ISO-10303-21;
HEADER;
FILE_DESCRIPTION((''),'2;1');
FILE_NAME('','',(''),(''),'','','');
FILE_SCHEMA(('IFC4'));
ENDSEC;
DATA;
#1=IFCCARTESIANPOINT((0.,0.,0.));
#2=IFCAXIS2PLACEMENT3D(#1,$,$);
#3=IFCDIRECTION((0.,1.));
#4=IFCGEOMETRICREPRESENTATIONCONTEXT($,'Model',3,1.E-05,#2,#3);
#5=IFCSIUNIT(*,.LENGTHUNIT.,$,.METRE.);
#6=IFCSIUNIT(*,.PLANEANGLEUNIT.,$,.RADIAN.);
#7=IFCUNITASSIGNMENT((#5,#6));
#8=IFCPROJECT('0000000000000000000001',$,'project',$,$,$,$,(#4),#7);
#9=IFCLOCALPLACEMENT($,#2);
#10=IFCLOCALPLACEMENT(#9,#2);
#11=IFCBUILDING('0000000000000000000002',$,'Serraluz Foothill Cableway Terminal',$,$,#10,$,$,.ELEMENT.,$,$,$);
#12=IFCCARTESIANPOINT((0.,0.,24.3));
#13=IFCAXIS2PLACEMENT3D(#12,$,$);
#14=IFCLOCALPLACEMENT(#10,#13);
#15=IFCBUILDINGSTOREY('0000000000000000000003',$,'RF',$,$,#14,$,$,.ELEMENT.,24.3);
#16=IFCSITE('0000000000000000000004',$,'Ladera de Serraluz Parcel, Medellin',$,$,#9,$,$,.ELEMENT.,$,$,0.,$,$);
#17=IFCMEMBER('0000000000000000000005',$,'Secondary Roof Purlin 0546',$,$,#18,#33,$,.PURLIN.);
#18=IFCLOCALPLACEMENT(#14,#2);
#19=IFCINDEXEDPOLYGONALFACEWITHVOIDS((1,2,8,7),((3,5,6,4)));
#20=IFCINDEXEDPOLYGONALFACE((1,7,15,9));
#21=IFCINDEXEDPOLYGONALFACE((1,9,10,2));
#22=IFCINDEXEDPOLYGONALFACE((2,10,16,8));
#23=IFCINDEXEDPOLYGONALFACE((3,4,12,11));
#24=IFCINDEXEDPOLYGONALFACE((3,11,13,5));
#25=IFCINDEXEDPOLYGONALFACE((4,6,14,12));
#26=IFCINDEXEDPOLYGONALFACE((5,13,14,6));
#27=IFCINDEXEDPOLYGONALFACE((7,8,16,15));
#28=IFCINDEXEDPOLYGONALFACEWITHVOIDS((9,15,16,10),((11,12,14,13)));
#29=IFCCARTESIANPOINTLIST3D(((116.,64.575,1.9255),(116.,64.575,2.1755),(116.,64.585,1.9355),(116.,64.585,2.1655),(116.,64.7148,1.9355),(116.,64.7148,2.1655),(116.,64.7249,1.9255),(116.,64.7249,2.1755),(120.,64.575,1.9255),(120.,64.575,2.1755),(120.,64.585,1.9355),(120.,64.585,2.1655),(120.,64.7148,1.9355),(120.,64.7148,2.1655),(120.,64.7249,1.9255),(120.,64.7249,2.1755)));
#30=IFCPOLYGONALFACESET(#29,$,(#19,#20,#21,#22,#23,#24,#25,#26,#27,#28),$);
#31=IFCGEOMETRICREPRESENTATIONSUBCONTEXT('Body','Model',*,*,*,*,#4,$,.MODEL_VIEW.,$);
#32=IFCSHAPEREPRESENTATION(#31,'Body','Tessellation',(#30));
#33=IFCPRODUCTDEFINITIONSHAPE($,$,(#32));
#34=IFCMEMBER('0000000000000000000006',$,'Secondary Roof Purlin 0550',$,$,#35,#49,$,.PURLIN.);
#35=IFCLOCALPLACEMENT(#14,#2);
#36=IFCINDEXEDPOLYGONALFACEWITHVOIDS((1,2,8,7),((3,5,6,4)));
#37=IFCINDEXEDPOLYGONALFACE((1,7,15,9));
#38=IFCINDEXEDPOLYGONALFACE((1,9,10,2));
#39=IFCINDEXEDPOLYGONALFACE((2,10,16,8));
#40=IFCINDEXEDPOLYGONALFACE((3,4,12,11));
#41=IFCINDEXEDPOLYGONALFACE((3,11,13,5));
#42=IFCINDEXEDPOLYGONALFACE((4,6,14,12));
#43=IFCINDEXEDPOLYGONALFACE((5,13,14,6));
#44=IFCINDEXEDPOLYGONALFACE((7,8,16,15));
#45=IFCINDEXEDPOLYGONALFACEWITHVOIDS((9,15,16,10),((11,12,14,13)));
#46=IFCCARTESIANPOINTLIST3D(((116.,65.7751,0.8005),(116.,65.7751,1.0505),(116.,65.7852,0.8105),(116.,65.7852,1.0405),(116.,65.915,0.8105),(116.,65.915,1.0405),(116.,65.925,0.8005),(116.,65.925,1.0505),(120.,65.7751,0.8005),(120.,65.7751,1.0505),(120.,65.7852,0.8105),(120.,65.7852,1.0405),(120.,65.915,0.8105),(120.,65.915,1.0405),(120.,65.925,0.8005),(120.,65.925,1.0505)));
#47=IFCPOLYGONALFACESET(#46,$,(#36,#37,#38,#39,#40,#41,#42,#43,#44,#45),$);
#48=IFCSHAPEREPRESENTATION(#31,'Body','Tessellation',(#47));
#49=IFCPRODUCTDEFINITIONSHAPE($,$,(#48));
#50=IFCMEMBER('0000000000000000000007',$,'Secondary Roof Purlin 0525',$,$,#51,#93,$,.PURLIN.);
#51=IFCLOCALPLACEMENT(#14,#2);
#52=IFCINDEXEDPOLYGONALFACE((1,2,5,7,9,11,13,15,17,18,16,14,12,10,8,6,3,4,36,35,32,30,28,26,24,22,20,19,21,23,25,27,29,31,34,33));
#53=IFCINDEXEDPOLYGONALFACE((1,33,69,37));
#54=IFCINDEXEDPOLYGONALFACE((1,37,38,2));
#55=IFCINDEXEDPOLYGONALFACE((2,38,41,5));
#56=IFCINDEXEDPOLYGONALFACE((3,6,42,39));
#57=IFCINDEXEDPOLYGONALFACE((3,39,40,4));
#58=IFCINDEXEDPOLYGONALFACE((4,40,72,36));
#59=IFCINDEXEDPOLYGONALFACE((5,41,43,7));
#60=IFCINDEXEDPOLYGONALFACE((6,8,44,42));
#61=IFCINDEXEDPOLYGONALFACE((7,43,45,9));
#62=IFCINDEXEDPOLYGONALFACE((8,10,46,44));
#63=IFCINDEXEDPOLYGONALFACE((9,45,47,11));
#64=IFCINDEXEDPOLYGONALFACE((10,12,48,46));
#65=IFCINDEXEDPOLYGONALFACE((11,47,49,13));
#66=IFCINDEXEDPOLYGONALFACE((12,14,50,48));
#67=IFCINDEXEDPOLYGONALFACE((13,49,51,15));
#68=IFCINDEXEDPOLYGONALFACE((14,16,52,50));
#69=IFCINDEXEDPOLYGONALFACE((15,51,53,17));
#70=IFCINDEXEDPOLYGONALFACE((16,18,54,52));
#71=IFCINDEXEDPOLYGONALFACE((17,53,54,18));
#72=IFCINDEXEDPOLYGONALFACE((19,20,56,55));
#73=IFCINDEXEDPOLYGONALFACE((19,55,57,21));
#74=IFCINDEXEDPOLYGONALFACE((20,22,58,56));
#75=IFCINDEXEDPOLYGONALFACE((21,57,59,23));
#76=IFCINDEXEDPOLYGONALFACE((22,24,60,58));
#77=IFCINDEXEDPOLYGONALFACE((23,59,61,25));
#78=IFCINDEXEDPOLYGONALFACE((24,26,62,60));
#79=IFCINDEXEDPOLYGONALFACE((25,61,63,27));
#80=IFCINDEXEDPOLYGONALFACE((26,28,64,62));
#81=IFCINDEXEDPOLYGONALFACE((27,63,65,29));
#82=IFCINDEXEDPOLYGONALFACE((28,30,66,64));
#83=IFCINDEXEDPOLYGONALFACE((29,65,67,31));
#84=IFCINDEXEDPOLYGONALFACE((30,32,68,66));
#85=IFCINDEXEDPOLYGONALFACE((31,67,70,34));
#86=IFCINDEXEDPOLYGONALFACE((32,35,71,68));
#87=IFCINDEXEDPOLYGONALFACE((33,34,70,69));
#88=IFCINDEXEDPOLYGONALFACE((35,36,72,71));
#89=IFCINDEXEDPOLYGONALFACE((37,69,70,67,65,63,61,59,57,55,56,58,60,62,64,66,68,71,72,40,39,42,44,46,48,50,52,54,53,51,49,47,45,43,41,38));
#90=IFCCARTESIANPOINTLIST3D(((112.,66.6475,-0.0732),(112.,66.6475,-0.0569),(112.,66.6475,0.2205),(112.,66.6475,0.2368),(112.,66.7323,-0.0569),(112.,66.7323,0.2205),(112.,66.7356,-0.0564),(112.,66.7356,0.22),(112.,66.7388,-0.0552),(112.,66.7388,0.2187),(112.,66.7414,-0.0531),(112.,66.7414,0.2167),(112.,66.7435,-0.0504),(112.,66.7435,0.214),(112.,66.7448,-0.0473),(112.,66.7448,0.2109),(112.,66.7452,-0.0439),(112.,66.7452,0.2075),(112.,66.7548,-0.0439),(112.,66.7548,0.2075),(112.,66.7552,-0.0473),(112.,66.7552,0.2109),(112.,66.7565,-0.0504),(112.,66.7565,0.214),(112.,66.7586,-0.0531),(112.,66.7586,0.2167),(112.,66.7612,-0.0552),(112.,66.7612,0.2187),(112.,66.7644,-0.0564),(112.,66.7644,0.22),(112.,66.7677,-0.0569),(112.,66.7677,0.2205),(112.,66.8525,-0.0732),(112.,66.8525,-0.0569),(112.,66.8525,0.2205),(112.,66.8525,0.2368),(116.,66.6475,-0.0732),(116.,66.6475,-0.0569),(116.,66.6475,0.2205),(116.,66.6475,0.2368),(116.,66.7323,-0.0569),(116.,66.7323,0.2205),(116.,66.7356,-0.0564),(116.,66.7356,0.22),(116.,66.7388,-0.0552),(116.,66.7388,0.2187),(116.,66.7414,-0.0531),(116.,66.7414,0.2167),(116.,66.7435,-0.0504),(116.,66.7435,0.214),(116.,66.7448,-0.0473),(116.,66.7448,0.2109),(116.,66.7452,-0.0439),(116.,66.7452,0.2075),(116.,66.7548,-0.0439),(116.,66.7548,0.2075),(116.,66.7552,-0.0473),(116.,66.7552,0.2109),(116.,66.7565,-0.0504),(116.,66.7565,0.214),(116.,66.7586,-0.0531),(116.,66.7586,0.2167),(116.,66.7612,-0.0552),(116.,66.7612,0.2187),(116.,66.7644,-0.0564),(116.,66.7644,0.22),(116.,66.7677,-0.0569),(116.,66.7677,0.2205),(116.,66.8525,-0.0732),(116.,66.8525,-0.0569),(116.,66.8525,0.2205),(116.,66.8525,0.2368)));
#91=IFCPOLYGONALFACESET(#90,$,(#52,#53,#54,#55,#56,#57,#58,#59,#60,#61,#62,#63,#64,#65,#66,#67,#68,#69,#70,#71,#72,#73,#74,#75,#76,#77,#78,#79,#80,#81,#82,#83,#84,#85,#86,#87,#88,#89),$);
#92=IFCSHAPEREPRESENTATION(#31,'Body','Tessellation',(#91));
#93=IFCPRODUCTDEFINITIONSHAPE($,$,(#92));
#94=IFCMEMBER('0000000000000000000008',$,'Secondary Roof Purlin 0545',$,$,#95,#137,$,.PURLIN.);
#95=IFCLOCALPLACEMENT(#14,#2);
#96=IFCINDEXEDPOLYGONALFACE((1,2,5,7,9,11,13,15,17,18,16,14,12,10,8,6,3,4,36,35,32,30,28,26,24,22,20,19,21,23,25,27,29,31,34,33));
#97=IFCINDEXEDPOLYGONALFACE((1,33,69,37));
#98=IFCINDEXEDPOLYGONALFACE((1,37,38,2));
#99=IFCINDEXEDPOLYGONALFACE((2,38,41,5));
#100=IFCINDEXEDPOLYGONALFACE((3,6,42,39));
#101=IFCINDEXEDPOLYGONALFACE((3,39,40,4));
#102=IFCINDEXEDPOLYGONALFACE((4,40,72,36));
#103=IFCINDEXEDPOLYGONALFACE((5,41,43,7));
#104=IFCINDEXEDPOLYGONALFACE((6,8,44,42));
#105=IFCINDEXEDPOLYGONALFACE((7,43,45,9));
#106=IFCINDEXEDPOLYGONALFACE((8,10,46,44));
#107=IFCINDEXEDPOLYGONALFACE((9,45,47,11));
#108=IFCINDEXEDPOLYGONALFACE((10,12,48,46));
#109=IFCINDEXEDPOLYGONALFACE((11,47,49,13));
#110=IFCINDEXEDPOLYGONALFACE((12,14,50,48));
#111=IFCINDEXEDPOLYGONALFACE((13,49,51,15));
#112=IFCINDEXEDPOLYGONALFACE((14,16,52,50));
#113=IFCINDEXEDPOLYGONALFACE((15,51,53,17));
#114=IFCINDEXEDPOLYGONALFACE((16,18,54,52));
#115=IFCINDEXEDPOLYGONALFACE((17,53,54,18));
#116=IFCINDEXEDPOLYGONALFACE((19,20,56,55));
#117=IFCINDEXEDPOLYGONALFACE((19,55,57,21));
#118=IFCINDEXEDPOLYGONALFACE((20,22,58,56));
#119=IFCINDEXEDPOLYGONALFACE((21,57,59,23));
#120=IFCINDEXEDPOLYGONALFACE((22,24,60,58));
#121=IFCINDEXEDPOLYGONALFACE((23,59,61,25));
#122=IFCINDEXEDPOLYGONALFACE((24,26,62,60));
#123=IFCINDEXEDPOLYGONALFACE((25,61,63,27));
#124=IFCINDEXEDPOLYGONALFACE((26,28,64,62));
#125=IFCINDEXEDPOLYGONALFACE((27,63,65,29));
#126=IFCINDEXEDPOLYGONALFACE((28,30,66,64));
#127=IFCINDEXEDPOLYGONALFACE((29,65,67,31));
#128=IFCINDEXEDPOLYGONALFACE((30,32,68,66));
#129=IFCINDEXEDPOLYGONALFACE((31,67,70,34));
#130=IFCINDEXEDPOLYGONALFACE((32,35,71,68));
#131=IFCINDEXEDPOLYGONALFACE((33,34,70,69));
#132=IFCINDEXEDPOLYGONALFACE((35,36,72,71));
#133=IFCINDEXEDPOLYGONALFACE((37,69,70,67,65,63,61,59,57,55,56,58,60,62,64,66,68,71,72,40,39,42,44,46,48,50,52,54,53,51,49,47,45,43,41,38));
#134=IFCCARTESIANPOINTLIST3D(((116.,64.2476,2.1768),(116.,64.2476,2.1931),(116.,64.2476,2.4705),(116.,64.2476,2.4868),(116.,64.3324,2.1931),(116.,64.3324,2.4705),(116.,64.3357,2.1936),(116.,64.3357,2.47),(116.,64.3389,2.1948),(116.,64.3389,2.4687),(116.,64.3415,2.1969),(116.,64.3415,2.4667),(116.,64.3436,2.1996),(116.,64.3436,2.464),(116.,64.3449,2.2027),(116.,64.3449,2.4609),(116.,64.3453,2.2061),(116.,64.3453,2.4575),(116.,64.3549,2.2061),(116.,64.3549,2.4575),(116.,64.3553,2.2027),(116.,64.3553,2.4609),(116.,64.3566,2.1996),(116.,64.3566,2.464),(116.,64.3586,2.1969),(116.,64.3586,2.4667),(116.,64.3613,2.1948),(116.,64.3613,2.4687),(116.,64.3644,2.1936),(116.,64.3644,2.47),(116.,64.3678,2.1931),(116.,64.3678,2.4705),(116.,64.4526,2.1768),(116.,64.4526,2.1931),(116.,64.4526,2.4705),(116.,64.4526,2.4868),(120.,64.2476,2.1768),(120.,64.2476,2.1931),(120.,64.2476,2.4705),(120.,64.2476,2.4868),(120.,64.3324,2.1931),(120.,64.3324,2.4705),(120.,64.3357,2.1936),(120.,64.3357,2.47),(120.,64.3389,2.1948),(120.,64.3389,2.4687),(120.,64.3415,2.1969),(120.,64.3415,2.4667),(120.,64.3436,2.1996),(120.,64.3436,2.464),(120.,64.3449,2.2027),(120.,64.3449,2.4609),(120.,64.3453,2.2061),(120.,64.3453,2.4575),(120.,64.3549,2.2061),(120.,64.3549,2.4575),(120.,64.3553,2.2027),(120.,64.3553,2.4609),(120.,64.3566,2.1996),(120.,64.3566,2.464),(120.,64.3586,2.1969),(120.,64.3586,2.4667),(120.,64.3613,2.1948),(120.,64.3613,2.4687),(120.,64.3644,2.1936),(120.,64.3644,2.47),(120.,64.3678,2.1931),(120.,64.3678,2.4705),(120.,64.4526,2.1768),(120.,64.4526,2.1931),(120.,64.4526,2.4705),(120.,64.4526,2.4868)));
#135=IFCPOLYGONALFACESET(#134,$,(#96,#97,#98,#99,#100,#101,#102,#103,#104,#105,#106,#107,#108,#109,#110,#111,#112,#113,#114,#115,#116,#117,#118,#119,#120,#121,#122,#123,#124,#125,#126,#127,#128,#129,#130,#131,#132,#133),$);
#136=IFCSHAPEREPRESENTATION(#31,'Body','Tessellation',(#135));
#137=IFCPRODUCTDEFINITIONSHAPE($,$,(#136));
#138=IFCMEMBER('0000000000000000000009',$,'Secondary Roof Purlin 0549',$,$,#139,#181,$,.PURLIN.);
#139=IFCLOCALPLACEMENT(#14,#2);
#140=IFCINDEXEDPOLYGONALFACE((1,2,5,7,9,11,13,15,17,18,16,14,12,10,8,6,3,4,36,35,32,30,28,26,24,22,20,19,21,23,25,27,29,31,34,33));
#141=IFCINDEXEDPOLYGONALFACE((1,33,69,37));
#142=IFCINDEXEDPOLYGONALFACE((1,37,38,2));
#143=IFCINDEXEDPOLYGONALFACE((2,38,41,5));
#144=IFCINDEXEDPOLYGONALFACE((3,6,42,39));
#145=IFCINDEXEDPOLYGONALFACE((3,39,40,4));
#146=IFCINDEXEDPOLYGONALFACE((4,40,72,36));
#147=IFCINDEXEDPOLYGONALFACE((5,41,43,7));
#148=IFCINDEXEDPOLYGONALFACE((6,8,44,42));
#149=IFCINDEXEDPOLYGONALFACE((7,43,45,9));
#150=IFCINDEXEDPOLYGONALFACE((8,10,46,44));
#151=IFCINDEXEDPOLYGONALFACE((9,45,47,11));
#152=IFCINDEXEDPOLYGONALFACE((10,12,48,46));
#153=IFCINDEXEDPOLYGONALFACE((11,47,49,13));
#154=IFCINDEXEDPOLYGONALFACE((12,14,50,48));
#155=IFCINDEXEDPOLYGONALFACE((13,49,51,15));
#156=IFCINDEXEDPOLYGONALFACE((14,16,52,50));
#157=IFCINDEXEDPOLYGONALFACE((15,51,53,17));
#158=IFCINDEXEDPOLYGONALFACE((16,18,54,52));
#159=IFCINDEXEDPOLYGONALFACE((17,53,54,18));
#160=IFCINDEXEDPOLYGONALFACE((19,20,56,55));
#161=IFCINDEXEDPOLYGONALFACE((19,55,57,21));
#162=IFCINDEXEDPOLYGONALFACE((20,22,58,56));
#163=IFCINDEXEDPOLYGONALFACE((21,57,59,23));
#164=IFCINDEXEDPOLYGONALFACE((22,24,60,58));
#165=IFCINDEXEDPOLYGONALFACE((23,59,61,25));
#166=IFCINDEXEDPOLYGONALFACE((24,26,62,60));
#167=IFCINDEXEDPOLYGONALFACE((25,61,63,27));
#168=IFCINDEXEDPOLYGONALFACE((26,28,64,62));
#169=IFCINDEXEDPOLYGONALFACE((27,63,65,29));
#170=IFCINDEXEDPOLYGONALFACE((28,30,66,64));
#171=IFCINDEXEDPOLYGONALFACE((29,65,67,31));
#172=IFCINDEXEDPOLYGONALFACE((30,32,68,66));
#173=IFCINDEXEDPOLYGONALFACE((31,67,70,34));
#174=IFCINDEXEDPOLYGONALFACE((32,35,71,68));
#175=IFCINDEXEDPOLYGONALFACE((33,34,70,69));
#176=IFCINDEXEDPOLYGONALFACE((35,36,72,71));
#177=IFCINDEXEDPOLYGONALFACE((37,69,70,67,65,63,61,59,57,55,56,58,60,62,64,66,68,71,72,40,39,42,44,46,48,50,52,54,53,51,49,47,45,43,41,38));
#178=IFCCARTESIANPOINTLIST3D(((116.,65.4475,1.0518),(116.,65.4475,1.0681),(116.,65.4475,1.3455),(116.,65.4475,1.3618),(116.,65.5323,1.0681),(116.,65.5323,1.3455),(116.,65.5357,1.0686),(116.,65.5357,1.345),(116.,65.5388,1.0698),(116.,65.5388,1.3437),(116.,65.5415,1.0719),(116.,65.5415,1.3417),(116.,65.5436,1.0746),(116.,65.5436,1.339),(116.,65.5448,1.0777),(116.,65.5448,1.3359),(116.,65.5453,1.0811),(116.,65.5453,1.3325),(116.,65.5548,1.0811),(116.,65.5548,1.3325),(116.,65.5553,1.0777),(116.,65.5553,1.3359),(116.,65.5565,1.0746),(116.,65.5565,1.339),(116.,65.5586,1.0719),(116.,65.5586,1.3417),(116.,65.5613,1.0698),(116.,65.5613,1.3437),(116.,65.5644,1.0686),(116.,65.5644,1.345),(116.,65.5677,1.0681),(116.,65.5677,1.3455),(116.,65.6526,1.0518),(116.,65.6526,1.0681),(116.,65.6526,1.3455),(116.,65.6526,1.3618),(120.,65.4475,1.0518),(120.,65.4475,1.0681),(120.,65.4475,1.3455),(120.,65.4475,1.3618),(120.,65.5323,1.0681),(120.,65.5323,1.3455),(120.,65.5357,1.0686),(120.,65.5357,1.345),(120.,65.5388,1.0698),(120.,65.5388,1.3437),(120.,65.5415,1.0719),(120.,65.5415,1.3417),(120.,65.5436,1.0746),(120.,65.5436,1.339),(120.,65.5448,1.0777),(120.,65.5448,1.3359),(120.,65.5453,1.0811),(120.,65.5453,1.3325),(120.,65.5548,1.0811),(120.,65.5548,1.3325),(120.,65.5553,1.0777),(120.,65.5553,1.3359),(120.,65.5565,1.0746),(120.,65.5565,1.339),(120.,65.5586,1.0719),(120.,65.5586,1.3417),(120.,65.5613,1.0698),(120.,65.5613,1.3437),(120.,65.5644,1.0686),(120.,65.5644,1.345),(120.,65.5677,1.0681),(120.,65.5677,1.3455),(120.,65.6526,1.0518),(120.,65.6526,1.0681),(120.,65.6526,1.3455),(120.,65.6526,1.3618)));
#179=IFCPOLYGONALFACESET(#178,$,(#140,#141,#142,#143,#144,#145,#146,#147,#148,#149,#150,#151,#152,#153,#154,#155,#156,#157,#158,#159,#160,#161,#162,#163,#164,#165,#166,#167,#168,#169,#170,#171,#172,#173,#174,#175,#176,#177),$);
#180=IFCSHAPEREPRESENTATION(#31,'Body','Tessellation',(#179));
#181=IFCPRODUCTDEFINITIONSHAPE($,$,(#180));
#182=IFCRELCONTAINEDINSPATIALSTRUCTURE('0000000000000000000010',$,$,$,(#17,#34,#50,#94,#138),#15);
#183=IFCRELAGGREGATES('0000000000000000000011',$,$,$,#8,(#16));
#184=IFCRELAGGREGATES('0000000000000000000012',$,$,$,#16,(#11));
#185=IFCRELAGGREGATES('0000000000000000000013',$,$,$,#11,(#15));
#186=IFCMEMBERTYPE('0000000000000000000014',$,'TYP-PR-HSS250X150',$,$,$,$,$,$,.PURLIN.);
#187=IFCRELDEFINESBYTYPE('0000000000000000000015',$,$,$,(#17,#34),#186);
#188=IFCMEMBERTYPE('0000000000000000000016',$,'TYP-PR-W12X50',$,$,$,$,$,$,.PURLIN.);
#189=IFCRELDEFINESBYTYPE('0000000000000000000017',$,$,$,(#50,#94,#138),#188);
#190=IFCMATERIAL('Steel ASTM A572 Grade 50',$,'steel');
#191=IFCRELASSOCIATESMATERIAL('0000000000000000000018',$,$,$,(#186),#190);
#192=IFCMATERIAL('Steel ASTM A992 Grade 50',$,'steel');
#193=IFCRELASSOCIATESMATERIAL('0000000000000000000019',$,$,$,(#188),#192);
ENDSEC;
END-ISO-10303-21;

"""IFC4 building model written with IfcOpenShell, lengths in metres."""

from ifc_helpers import new_model, si_unit, direction, frame, origin, origin_2d, place, context, subcontext, project, spatial, hollow_rectangle, i_section, extrude, material, material_profile, profile_set, type_object, element, save


model = new_model("IFC4")

# Units and contexts
model_context = context("Model", 3, precision=1e-05, world=origin(), true_north=direction((0.0, 1.0)))
body_context = subcontext(model_context, "Body", "Model", "MODEL_VIEW")
ifc_project = project(units=[si_unit("LENGTHUNIT", "METRE"), si_unit("PLANEANGLEUNIT", "RADIAN")], contexts=[model_context])

# Site, building, storey
site_placement = place(None, origin())
site = spatial("IfcSite", under=ifc_project, at=site_placement, Name="Ladera de Serraluz Parcel, Medellin", CompositionType="ELEMENT", RefElevation=0.0)
building_placement = place(site_placement, origin())
building = spatial("IfcBuilding", under=site, at=building_placement, Name="Serraluz Foothill Cableway Terminal", CompositionType="ELEMENT")
storey_placement = place(building_placement, frame((0.0, 0.0, 24.3)))
storey = spatial("IfcBuildingStorey", under=building, at=storey_placement, Name="RF", CompositionType="ELEMENT", Elevation=24.3)

# Members
ifc_material_1 = material(Name="Steel ASTM A572 Grade 50", Category="steel")
ifc_material_profile_1 = material_profile(ifc_material_1, hollow_rectangle(XDim=0.1499, YDim=0.25, WallThickness=0.01, at=origin_2d()), Name="HSS250X150X10")
ifc_profile_set_1 = profile_set([ifc_material_profile_1], Name="Steel ASTM A572 Grade 50")
member_type_1 = type_object("IfcMemberType", Name="TYP-PR-HSS250X150", PredefinedType="PURLIN", material=ifc_profile_set_1)
for number, where, z_axis, x_axis, name in (
    (1, (116.0, 64.6499, 2.0505), (1.0, 0.0, 0.0), (0.0, 1.0, 0.0), "Secondary Roof Purlin 0546"),
    (2, (116.0, 65.8501, 0.9255), (1.0, 0.0, 0.0), (0.0, 1.0, 0.0), "Secondary Roof Purlin 0550"),
):
    element("IfcMember", number, at=place(storey_placement, frame(where, z_axis=z_axis, x_axis=x_axis)), inside=storey, type_object=member_type_1, Name=name, PredefinedType="PURLIN", context=body_context, shape_type="SweptSolid", body=[
        extrude(hollow_rectangle(XDim=0.1499, YDim=0.25, WallThickness=0.01, at=origin_2d()), origin(), (0.0, 0.0, 1.0), 4.0),
    ])
ifc_material_2 = material(Name="Steel ASTM A992 Grade 50", Category="steel")
ifc_material_profile_2 = material_profile(ifc_material_2, i_section(OverallWidth=0.2051, OverallDepth=0.3101, WebThickness=0.0095, FlangeThickness=0.0164, FilletRadius=0.0129, at=origin_2d()), Name="W12X50")
ifc_profile_set_2 = profile_set([ifc_material_profile_2], Name="Steel ASTM A992 Grade 50")
member_type_2 = type_object("IfcMemberType", Name="TYP-PR-W12X50", PredefinedType="PURLIN", material=ifc_profile_set_2)
for number, where, z_axis, x_axis, name in (
    (3, (112.0, 66.75, 0.0818), (1.0, 0.0, 0.0), (0.0, 1.0, 0.0), "Secondary Roof Purlin 0525"),
    (4, (116.0, 64.3501, 2.3318), (1.0, 0.0, 0.0), (0.0, 1.0, 0.0), "Secondary Roof Purlin 0545"),
    (5, (116.0, 65.55, 1.2068), (1.0, 0.0, 0.0), (0.0, 1.0, 0.0), "Secondary Roof Purlin 0549"),
):
    element("IfcMember", number, at=place(storey_placement, frame(where, z_axis=z_axis, x_axis=x_axis)), inside=storey, type_object=member_type_2, Name=name, PredefinedType="PURLIN", context=body_context, shape_type="SweptSolid", body=[
        extrude(i_section(OverallWidth=0.2051, OverallDepth=0.3101, WebThickness=0.0095, FlangeThickness=0.0164, FilletRadius=0.0129, at=origin_2d()), origin(), (0.0, 0.0, 1.0), 4.0),
    ])

save(model, "model.ifc")
